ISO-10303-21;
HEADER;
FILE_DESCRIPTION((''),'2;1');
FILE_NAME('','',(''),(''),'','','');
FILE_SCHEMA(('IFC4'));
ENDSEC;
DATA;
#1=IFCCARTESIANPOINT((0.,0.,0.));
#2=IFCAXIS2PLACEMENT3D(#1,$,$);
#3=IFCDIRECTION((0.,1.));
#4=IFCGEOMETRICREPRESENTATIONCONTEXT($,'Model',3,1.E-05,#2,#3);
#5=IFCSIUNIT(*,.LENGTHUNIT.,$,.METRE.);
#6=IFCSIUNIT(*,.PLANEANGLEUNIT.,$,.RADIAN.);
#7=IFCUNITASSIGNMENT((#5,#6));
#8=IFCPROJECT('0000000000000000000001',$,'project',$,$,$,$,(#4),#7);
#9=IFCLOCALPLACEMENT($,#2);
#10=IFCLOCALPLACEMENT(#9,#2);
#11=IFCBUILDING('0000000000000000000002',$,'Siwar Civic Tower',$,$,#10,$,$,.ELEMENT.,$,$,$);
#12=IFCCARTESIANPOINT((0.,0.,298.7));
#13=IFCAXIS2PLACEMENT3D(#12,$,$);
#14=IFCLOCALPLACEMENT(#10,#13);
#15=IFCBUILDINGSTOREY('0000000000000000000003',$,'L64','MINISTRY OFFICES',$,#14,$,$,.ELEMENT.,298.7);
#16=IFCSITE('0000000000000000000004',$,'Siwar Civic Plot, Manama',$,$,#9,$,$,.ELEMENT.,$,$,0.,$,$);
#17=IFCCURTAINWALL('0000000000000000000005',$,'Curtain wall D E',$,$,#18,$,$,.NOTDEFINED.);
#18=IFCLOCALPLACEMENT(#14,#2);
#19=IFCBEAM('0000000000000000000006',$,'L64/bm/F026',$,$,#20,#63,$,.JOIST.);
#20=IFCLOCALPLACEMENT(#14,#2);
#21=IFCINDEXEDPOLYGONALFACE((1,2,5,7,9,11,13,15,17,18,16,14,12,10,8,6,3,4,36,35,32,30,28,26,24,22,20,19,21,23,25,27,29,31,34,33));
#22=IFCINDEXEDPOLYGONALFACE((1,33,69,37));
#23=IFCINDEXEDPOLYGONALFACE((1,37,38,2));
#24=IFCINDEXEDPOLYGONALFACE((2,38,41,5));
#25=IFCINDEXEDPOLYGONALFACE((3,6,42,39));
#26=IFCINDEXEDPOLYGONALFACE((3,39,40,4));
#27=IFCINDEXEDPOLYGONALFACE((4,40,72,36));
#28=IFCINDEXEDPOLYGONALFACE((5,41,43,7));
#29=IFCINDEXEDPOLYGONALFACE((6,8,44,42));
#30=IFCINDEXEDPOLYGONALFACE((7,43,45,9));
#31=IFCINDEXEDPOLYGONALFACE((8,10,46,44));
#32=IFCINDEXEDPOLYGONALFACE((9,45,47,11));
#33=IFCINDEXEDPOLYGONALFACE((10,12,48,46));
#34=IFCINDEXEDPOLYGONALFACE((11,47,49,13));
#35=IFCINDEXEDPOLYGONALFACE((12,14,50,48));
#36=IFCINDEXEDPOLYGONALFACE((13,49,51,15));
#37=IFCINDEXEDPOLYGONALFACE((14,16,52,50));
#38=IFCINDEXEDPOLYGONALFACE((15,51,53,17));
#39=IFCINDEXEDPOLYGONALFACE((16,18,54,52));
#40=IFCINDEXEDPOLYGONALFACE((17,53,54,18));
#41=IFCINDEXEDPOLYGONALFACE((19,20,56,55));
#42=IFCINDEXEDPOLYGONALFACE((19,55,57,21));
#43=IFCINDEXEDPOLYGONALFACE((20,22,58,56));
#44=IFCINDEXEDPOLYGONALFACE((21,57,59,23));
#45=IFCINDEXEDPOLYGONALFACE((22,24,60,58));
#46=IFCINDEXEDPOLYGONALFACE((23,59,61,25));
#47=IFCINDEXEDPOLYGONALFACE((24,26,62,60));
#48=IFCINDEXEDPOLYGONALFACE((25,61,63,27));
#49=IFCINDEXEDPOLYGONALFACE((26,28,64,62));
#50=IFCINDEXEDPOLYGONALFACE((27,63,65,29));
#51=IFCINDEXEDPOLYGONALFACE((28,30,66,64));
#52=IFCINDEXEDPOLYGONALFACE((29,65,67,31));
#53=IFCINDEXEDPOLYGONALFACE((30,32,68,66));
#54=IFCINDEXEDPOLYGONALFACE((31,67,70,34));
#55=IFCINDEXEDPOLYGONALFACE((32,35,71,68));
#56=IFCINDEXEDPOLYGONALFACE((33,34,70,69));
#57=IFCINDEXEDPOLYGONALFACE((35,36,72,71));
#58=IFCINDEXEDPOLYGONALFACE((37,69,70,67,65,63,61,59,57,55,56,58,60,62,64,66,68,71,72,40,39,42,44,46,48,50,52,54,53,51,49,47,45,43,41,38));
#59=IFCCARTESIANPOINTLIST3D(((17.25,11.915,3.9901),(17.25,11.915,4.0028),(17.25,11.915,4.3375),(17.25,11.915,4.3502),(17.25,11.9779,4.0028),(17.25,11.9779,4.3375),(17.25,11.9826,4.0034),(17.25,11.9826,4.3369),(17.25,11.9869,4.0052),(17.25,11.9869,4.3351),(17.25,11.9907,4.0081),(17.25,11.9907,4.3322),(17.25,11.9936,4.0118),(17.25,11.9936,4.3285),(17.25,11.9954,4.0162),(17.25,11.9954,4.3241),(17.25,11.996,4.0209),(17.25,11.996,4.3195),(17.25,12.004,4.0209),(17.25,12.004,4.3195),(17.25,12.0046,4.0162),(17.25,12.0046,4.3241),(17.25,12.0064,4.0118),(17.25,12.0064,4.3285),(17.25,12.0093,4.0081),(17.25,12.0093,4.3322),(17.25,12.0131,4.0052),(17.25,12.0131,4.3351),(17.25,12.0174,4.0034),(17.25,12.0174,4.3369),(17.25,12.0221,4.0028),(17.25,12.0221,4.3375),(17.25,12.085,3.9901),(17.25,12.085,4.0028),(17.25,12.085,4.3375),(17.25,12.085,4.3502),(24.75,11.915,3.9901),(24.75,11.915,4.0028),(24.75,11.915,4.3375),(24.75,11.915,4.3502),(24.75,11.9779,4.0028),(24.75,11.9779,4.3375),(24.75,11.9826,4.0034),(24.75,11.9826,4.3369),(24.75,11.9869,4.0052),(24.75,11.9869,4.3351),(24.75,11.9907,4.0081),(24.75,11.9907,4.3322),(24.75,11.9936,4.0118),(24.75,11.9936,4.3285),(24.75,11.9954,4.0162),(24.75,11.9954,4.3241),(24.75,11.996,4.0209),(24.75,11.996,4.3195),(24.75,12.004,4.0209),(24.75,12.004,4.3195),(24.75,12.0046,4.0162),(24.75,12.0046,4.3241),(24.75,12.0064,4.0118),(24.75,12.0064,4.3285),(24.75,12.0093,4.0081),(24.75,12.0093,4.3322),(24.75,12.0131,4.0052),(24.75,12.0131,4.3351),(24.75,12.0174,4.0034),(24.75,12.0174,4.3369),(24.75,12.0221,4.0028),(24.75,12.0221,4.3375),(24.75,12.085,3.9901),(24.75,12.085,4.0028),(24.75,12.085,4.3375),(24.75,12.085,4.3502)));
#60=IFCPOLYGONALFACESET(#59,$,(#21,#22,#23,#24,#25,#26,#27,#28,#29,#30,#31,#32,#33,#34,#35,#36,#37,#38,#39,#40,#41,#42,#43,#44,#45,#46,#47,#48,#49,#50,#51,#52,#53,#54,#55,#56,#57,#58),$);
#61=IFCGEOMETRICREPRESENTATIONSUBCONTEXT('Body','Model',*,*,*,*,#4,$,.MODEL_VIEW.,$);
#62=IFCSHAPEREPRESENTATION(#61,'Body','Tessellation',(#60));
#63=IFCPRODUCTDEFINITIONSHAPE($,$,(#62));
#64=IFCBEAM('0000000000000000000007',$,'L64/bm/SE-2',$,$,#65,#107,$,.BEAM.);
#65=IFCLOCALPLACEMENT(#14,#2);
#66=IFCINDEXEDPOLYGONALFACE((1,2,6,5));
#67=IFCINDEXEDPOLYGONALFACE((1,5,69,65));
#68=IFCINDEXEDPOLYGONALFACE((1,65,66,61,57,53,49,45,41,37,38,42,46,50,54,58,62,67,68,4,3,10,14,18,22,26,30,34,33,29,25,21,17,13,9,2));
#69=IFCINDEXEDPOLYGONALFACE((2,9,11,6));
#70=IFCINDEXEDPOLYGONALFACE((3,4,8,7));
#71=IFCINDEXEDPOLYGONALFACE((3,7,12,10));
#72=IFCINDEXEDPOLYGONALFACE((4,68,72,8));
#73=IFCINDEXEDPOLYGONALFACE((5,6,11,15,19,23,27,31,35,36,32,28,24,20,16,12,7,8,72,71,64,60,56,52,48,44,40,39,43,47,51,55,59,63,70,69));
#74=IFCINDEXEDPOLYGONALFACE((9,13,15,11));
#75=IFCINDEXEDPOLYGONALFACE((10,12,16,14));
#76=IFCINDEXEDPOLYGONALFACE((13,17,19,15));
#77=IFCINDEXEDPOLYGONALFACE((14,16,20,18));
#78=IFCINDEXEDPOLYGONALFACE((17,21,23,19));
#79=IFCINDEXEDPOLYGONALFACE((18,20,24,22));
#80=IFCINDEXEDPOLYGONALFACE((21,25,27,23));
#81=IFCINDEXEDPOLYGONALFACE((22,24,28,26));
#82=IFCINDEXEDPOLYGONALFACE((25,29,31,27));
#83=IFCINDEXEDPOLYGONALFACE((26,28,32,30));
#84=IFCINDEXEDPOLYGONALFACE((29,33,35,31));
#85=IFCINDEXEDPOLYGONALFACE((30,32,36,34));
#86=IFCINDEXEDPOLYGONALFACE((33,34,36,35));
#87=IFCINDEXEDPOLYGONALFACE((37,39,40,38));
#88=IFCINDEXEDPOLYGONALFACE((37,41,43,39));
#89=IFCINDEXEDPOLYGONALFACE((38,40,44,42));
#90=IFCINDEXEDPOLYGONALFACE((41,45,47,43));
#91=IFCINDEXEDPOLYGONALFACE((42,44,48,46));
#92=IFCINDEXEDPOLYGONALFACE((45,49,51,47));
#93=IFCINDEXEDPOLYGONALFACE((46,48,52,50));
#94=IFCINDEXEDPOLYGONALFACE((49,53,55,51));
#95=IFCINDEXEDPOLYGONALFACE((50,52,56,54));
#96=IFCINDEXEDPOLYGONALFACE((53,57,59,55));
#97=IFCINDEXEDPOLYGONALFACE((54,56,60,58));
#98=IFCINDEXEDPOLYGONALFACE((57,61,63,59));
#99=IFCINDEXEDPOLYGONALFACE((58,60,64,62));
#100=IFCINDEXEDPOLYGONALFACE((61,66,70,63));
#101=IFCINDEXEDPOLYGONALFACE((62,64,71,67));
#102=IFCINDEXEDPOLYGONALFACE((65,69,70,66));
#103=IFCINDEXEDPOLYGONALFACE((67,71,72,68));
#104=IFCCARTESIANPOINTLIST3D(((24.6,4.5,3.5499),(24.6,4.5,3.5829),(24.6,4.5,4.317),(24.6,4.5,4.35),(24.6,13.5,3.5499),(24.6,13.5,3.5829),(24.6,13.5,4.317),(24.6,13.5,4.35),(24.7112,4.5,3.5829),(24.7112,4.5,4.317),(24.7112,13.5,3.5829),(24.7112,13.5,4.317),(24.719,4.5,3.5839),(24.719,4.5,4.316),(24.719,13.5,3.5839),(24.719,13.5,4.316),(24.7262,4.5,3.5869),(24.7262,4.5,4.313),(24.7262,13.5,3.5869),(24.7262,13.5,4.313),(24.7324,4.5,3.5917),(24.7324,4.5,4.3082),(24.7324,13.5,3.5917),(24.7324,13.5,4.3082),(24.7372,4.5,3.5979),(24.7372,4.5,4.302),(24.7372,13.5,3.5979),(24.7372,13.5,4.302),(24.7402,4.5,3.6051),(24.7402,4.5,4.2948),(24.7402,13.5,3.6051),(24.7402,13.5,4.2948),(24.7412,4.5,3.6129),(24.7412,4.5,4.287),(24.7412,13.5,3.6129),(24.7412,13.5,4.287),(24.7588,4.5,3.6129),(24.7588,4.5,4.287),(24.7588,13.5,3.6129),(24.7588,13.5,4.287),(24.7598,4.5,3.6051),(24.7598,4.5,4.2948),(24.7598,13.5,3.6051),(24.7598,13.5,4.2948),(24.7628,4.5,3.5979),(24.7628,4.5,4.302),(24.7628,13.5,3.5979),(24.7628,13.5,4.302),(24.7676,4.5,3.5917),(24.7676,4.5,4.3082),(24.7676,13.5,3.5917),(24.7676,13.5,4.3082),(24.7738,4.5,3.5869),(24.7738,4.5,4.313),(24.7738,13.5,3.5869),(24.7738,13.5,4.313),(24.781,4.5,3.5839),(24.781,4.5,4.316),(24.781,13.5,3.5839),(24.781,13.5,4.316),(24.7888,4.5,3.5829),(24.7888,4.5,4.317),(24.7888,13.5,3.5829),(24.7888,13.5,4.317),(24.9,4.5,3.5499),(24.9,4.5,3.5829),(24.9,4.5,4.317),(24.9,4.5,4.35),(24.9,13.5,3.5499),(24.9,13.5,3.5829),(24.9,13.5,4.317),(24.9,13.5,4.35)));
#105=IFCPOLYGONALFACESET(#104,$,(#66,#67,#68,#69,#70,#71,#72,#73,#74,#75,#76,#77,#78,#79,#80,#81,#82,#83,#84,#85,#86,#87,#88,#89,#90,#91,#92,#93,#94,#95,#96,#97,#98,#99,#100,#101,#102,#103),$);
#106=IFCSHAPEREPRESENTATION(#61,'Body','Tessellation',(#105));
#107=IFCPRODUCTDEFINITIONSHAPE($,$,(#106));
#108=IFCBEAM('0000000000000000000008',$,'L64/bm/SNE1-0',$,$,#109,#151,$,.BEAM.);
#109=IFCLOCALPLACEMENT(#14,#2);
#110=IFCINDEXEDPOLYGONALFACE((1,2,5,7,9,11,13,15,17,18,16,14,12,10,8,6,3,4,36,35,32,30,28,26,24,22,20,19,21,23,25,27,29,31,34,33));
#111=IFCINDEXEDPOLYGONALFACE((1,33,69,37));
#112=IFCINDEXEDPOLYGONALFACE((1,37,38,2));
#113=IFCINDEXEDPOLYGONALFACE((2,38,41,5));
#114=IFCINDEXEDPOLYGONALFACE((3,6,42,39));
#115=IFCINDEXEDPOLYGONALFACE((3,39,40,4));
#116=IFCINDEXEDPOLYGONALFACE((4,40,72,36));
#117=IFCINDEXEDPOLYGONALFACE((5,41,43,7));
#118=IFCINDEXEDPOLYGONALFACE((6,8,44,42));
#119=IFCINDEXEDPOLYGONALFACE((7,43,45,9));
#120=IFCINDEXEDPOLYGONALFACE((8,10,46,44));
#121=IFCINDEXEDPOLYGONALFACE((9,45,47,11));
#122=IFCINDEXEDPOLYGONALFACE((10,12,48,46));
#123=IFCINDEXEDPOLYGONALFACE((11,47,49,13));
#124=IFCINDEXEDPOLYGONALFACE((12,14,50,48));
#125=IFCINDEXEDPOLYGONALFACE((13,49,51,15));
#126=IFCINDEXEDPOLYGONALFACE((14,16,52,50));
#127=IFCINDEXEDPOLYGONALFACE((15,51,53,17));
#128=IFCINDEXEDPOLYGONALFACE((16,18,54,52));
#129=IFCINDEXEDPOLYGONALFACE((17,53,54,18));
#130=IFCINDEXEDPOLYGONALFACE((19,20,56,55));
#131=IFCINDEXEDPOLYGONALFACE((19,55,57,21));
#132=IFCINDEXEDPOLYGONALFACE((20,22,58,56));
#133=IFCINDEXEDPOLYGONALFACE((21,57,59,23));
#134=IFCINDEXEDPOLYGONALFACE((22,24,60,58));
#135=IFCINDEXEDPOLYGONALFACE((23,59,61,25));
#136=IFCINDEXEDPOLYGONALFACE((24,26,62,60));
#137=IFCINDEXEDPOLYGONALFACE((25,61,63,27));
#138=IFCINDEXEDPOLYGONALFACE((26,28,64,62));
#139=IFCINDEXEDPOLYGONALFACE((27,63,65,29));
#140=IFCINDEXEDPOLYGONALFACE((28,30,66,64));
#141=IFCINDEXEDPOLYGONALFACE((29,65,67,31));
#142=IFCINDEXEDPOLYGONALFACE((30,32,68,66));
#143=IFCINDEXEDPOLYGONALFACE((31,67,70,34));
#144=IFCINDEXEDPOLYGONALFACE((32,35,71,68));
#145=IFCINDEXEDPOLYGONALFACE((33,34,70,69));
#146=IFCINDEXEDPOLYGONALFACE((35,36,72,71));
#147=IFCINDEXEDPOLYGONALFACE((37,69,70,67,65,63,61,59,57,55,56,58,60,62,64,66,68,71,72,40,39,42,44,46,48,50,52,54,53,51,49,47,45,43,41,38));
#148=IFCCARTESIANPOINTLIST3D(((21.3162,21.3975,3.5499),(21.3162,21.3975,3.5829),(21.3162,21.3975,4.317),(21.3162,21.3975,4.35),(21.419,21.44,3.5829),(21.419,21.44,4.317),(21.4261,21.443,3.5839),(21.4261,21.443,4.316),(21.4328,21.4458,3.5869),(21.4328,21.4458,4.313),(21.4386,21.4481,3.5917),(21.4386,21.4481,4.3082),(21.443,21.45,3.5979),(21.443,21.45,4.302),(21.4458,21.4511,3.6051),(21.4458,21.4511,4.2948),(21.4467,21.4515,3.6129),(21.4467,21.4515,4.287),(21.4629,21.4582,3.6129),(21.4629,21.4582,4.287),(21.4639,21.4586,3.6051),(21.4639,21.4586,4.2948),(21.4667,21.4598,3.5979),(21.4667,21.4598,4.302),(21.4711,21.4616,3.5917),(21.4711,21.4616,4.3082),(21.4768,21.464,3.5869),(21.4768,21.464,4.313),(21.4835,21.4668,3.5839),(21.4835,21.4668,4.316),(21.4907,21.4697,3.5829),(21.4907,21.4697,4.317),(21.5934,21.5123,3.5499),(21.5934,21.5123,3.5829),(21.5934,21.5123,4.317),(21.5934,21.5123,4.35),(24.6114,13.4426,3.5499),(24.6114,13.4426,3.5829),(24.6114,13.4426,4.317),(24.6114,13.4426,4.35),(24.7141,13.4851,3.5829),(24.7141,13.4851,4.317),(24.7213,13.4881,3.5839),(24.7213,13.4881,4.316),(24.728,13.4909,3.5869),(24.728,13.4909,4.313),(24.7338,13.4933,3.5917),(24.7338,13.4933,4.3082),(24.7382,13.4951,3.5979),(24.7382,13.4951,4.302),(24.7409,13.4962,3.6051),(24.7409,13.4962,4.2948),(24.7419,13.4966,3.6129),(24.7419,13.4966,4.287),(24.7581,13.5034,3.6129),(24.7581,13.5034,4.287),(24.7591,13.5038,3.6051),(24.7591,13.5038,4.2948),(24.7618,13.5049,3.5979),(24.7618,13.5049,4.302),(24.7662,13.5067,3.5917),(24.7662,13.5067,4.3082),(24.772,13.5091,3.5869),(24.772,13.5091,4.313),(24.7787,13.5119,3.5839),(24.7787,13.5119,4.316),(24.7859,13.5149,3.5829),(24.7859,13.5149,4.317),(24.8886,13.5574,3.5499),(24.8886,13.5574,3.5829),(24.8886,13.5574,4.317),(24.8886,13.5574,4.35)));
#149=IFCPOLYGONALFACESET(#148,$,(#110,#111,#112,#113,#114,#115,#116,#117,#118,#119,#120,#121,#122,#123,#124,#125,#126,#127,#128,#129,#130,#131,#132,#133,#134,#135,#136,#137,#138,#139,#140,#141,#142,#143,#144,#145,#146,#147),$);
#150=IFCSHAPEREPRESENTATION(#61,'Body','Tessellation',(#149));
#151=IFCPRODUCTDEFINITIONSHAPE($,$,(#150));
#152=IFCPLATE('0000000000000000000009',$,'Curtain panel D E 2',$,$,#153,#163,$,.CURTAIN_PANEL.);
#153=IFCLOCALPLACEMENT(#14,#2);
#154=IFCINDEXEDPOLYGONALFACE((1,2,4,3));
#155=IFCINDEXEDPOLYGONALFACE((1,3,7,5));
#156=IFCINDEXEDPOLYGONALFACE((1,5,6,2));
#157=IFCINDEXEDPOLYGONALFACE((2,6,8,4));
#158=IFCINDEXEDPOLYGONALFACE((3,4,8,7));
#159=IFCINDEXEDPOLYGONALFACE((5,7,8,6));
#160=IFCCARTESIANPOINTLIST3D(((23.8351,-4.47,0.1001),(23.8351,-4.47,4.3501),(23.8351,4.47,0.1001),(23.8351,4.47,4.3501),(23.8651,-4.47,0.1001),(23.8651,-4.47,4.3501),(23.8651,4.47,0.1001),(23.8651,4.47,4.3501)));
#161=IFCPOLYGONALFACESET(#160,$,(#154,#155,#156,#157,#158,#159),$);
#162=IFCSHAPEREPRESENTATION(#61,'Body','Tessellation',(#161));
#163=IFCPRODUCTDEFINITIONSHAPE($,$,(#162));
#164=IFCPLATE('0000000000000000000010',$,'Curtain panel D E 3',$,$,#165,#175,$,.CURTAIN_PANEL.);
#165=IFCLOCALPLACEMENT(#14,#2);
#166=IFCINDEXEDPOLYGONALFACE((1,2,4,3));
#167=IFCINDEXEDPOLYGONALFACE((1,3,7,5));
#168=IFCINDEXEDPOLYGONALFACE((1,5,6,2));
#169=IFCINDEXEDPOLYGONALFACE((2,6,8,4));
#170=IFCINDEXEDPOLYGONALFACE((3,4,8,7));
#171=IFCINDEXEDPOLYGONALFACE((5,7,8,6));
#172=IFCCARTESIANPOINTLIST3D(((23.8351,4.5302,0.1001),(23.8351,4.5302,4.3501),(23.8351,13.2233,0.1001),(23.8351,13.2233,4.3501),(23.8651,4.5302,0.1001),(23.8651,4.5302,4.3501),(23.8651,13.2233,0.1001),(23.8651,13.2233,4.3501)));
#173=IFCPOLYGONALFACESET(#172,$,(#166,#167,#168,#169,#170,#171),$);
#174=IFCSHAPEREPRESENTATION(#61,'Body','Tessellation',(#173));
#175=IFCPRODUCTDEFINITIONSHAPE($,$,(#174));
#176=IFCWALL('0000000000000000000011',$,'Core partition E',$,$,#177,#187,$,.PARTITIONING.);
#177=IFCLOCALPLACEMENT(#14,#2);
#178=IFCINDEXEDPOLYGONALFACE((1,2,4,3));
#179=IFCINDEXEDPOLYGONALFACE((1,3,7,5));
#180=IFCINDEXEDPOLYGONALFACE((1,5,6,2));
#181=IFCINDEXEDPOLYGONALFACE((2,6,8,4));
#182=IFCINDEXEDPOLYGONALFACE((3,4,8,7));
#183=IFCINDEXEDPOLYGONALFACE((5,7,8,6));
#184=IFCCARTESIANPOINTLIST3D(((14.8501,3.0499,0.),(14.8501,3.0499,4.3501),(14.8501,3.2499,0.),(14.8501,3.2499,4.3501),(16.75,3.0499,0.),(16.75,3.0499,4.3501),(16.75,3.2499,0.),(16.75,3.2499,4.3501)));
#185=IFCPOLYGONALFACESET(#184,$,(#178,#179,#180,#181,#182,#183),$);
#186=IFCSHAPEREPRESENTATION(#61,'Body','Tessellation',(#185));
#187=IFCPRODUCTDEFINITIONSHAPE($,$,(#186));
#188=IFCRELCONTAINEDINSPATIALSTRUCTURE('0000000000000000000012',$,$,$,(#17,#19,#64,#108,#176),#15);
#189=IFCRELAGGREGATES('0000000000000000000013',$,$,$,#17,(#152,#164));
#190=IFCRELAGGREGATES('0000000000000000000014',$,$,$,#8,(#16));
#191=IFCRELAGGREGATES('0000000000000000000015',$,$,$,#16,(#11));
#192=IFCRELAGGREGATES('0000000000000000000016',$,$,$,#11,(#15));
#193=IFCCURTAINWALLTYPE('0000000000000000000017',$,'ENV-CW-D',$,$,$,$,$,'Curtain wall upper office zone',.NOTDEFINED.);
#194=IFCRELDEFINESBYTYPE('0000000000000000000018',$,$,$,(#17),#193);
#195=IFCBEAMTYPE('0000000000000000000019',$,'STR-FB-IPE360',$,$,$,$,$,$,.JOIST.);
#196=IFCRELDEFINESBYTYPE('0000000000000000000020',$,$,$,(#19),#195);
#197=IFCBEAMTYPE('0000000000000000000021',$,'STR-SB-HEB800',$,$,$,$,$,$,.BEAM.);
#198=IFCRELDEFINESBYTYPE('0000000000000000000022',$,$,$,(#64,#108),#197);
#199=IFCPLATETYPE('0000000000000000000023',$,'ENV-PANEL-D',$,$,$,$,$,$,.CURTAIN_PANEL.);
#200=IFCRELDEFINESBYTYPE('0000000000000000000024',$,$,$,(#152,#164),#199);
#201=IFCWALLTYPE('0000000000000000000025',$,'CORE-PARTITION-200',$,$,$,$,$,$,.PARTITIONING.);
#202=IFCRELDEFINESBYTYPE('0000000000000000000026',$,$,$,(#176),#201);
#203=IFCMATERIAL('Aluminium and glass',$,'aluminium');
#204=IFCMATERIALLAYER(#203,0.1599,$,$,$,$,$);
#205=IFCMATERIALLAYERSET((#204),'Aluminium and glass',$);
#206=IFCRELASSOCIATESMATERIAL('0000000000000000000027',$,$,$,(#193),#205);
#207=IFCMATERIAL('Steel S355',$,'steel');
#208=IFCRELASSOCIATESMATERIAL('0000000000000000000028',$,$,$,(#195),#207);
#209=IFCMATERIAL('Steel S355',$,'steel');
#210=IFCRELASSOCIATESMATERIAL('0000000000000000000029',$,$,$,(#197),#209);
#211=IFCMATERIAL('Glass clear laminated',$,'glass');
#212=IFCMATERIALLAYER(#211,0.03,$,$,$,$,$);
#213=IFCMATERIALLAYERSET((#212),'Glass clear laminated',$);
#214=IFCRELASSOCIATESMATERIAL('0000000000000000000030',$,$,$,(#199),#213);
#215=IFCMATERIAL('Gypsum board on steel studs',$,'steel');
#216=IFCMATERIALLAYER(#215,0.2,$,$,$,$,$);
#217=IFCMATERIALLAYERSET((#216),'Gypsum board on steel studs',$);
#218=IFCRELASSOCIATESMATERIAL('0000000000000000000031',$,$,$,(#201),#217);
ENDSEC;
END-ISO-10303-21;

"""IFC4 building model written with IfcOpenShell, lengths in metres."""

from ifc_helpers import new_model, si_unit, direction, frame, frame_2d, origin, origin_2d, place, context, subcontext, project, spatial, rectangle, i_section, extrude, material, layer, layer_set, material_profile, profile_set, type_object, element, aggregate, save


model = new_model("IFC4")

# Units and contexts
model_context = context("Model", 3, precision=1e-05, world=origin(), true_north=direction((0.0, 1.0)))
body_context = subcontext(model_context, "Body", "Model", "MODEL_VIEW")
ifc_project = project(units=[si_unit("LENGTHUNIT", "METRE"), si_unit("PLANEANGLEUNIT", "RADIAN")], contexts=[model_context])

# Site, building, storey
site_placement = place(None, origin())
site = spatial("IfcSite", under=ifc_project, at=site_placement, Name="Siwar Civic Plot, Manama", CompositionType="ELEMENT", RefElevation=0.0)
building_placement = place(site_placement, origin())
building = spatial("IfcBuilding", under=site, at=building_placement, Name="Siwar Civic Tower", CompositionType="ELEMENT")
storey_placement = place(building_placement, frame((0.0, 0.0, 298.7)))
storey = spatial("IfcBuildingStorey", under=building, at=storey_placement, Name="L64", Description="MINISTRY OFFICES", CompositionType="ELEMENT", Elevation=298.7)

# Curtain wall
ifc_material_1 = material(Name="Aluminium and glass", Category="aluminium")
ifc_layer_1 = layer(ifc_material_1, 0.1599)
ifc_layer_set_1 = layer_set([ifc_layer_1], Name="Aluminium and glass")
curtain_wall_type_1 = type_object("IfcCurtainWallType", Name="ENV-CW-D", ElementType="Curtain wall upper office zone", PredefinedType="NOTDEFINED", material=ifc_layer_set_1)
curtain_wall_1_placement = place(storey_placement, origin())
curtain_wall_1 = element("IfcCurtainWall", 1, at=curtain_wall_1_placement, inside=storey, type_object=curtain_wall_type_1, Name="Curtain wall D E", PredefinedType="NOTDEFINED")

# Beams
ifc_material_2 = material(Name="Steel S355", Category="steel")
ifc_material_profile_1 = material_profile(ifc_material_2, i_section(OverallWidth=0.1699, OverallDepth=0.3601, WebThickness=0.0081, FlangeThickness=0.0127, FilletRadius=0.0181, at=origin_2d()), Name="IPE360")
ifc_profile_set_1 = profile_set([ifc_material_profile_1], Name="Steel S355")
beam_type_1 = type_object("IfcBeamType", Name="STR-FB-IPE360", PredefinedType="JOIST", material=ifc_profile_set_1)
for number, where, z_axis, x_axis, name in (
    (2, (17.25, 12.0, 4.1702), (1.0, 0.0, 0.0), (0.0, 1.0, 0.0), "L64/bm/F026"),
):
    element("IfcBeam", number, at=place(storey_placement, frame(where, z_axis=z_axis, x_axis=x_axis)), inside=storey, type_object=beam_type_1, Name=name, PredefinedType="JOIST", context=body_context, shape_type="SweptSolid", body=[
        extrude(i_section(OverallWidth=0.1699, OverallDepth=0.3601, WebThickness=0.0081, FlangeThickness=0.0127, FilletRadius=0.0181, at=origin_2d()), origin(), (0.0, 0.0, 1.0), 7.5),
    ])
ifc_material_3 = material(Name="Steel S355", Category="steel")
ifc_material_profile_2 = material_profile(ifc_material_3, i_section(OverallWidth=0.3, OverallDepth=0.8, WebThickness=0.0176, FlangeThickness=0.033, FilletRadius=0.03, at=origin_2d()), Name="HEB800")
ifc_profile_set_2 = profile_set([ifc_material_profile_2], Name="Steel S355")
beam_type_2 = type_object("IfcBeamType", Name="STR-SB-HEB800", PredefinedType="BEAM", material=ifc_profile_set_2)
beam_1_placement = place(storey_placement, frame((24.75, 4.5, 3.95), z_axis=(0.0, 1.0, 0.0), x_axis=(-1.0, 0.0, 0.0)))
element("IfcBeam", 3, at=beam_1_placement, inside=storey, type_object=beam_type_2, Name="L64/bm/SE-2", PredefinedType="BEAM", context=body_context, shape_type="SweptSolid", body=[
    extrude(i_section(OverallWidth=0.3, OverallDepth=0.8, WebThickness=0.0176, FlangeThickness=0.033, FilletRadius=0.03, at=origin_2d()), origin(), (0.0, 0.0, 1.0), 9.0),
])
beam_2_placement = place(storey_placement, frame((24.75, 13.5, 3.95), z_axis=(-0.3827, 0.923873, 0.0), x_axis=(-0.923873, -0.3827, 0.0)))
element("IfcBeam", 4, at=beam_2_placement, inside=storey, type_object=beam_type_2, Name="L64/bm/SNE1-0", PredefinedType="BEAM", context=body_context, shape_type="SweptSolid", body=[
    extrude(i_section(OverallWidth=0.3, OverallDepth=0.8, WebThickness=0.0176, FlangeThickness=0.033, FilletRadius=0.03, at=origin_2d()), origin(), (0.0, 0.0, 1.0), 8.6104),
])

# Plates
ifc_material_4 = material(Name="Glass clear laminated", Category="glass")
ifc_layer_2 = layer(ifc_material_4, 0.03)
ifc_layer_set_2 = layer_set([ifc_layer_2], Name="Glass clear laminated")
plate_type = type_object("IfcPlateType", Name="ENV-PANEL-D", PredefinedType="CURTAIN_PANEL", material=ifc_layer_set_2)
plate_1_placement = place(storey_placement, frame((23.8501, 0.0, 0.1001), z_axis=(0.0, 0.0, 1.0), x_axis=(0.0, 1.0, 0.0)))
plate_1 = element("IfcPlate", 5, at=plate_1_placement, type_object=plate_type, Name="Curtain panel D E 2", PredefinedType="CURTAIN_PANEL", context=body_context, shape_type="SweptSolid", body=[
    extrude(rectangle(XDim=8.9399, YDim=0.03, at=origin_2d()), origin(), (0.0, 0.0, 1.0), 4.25),
])
plate_2_placement = place(storey_placement, frame((23.8501, 8.8767, 0.1001), z_axis=(0.0, 0.0, 1.0), x_axis=(0.0, 1.0, 0.0)))
plate_2 = element("IfcPlate", 6, at=plate_2_placement, type_object=plate_type, Name="Curtain panel D E 3", PredefinedType="CURTAIN_PANEL", context=body_context, shape_type="SweptSolid", body=[
    extrude(rectangle(XDim=8.6931, YDim=0.03, at=origin_2d()), origin(), (0.0, 0.0, 1.0), 4.25),
])
aggregate(curtain_wall_1, [plate_1, plate_2])

# Wall
ifc_material_5 = material(Name="Gypsum board on steel studs", Category="steel")
ifc_layer_3 = layer(ifc_material_5, 0.2)
ifc_layer_set_3 = layer_set([ifc_layer_3], Name="Gypsum board on steel studs")
wall_type_1 = type_object("IfcWallType", Name="CORE-PARTITION-200", PredefinedType="PARTITIONING", material=ifc_layer_set_3)
wall_1_placement = place(storey_placement, frame((14.8501, 3.1499, 0.0), z_axis=(0.0, 0.0, 1.0), x_axis=(1.0, 0.0, 0.0)))
element("IfcWall", 7, at=wall_1_placement, inside=storey, type_object=wall_type_1, Name="Core partition E", PredefinedType="PARTITIONING", context=body_context, shape_type="SweptSolid", body=[
    extrude(rectangle(XDim=1.8999, YDim=0.2, at=frame_2d((0.95, 0.0))), origin(), (0.0, 0.0, 1.0), 4.3501),
])

save(model, "model.ifc")
